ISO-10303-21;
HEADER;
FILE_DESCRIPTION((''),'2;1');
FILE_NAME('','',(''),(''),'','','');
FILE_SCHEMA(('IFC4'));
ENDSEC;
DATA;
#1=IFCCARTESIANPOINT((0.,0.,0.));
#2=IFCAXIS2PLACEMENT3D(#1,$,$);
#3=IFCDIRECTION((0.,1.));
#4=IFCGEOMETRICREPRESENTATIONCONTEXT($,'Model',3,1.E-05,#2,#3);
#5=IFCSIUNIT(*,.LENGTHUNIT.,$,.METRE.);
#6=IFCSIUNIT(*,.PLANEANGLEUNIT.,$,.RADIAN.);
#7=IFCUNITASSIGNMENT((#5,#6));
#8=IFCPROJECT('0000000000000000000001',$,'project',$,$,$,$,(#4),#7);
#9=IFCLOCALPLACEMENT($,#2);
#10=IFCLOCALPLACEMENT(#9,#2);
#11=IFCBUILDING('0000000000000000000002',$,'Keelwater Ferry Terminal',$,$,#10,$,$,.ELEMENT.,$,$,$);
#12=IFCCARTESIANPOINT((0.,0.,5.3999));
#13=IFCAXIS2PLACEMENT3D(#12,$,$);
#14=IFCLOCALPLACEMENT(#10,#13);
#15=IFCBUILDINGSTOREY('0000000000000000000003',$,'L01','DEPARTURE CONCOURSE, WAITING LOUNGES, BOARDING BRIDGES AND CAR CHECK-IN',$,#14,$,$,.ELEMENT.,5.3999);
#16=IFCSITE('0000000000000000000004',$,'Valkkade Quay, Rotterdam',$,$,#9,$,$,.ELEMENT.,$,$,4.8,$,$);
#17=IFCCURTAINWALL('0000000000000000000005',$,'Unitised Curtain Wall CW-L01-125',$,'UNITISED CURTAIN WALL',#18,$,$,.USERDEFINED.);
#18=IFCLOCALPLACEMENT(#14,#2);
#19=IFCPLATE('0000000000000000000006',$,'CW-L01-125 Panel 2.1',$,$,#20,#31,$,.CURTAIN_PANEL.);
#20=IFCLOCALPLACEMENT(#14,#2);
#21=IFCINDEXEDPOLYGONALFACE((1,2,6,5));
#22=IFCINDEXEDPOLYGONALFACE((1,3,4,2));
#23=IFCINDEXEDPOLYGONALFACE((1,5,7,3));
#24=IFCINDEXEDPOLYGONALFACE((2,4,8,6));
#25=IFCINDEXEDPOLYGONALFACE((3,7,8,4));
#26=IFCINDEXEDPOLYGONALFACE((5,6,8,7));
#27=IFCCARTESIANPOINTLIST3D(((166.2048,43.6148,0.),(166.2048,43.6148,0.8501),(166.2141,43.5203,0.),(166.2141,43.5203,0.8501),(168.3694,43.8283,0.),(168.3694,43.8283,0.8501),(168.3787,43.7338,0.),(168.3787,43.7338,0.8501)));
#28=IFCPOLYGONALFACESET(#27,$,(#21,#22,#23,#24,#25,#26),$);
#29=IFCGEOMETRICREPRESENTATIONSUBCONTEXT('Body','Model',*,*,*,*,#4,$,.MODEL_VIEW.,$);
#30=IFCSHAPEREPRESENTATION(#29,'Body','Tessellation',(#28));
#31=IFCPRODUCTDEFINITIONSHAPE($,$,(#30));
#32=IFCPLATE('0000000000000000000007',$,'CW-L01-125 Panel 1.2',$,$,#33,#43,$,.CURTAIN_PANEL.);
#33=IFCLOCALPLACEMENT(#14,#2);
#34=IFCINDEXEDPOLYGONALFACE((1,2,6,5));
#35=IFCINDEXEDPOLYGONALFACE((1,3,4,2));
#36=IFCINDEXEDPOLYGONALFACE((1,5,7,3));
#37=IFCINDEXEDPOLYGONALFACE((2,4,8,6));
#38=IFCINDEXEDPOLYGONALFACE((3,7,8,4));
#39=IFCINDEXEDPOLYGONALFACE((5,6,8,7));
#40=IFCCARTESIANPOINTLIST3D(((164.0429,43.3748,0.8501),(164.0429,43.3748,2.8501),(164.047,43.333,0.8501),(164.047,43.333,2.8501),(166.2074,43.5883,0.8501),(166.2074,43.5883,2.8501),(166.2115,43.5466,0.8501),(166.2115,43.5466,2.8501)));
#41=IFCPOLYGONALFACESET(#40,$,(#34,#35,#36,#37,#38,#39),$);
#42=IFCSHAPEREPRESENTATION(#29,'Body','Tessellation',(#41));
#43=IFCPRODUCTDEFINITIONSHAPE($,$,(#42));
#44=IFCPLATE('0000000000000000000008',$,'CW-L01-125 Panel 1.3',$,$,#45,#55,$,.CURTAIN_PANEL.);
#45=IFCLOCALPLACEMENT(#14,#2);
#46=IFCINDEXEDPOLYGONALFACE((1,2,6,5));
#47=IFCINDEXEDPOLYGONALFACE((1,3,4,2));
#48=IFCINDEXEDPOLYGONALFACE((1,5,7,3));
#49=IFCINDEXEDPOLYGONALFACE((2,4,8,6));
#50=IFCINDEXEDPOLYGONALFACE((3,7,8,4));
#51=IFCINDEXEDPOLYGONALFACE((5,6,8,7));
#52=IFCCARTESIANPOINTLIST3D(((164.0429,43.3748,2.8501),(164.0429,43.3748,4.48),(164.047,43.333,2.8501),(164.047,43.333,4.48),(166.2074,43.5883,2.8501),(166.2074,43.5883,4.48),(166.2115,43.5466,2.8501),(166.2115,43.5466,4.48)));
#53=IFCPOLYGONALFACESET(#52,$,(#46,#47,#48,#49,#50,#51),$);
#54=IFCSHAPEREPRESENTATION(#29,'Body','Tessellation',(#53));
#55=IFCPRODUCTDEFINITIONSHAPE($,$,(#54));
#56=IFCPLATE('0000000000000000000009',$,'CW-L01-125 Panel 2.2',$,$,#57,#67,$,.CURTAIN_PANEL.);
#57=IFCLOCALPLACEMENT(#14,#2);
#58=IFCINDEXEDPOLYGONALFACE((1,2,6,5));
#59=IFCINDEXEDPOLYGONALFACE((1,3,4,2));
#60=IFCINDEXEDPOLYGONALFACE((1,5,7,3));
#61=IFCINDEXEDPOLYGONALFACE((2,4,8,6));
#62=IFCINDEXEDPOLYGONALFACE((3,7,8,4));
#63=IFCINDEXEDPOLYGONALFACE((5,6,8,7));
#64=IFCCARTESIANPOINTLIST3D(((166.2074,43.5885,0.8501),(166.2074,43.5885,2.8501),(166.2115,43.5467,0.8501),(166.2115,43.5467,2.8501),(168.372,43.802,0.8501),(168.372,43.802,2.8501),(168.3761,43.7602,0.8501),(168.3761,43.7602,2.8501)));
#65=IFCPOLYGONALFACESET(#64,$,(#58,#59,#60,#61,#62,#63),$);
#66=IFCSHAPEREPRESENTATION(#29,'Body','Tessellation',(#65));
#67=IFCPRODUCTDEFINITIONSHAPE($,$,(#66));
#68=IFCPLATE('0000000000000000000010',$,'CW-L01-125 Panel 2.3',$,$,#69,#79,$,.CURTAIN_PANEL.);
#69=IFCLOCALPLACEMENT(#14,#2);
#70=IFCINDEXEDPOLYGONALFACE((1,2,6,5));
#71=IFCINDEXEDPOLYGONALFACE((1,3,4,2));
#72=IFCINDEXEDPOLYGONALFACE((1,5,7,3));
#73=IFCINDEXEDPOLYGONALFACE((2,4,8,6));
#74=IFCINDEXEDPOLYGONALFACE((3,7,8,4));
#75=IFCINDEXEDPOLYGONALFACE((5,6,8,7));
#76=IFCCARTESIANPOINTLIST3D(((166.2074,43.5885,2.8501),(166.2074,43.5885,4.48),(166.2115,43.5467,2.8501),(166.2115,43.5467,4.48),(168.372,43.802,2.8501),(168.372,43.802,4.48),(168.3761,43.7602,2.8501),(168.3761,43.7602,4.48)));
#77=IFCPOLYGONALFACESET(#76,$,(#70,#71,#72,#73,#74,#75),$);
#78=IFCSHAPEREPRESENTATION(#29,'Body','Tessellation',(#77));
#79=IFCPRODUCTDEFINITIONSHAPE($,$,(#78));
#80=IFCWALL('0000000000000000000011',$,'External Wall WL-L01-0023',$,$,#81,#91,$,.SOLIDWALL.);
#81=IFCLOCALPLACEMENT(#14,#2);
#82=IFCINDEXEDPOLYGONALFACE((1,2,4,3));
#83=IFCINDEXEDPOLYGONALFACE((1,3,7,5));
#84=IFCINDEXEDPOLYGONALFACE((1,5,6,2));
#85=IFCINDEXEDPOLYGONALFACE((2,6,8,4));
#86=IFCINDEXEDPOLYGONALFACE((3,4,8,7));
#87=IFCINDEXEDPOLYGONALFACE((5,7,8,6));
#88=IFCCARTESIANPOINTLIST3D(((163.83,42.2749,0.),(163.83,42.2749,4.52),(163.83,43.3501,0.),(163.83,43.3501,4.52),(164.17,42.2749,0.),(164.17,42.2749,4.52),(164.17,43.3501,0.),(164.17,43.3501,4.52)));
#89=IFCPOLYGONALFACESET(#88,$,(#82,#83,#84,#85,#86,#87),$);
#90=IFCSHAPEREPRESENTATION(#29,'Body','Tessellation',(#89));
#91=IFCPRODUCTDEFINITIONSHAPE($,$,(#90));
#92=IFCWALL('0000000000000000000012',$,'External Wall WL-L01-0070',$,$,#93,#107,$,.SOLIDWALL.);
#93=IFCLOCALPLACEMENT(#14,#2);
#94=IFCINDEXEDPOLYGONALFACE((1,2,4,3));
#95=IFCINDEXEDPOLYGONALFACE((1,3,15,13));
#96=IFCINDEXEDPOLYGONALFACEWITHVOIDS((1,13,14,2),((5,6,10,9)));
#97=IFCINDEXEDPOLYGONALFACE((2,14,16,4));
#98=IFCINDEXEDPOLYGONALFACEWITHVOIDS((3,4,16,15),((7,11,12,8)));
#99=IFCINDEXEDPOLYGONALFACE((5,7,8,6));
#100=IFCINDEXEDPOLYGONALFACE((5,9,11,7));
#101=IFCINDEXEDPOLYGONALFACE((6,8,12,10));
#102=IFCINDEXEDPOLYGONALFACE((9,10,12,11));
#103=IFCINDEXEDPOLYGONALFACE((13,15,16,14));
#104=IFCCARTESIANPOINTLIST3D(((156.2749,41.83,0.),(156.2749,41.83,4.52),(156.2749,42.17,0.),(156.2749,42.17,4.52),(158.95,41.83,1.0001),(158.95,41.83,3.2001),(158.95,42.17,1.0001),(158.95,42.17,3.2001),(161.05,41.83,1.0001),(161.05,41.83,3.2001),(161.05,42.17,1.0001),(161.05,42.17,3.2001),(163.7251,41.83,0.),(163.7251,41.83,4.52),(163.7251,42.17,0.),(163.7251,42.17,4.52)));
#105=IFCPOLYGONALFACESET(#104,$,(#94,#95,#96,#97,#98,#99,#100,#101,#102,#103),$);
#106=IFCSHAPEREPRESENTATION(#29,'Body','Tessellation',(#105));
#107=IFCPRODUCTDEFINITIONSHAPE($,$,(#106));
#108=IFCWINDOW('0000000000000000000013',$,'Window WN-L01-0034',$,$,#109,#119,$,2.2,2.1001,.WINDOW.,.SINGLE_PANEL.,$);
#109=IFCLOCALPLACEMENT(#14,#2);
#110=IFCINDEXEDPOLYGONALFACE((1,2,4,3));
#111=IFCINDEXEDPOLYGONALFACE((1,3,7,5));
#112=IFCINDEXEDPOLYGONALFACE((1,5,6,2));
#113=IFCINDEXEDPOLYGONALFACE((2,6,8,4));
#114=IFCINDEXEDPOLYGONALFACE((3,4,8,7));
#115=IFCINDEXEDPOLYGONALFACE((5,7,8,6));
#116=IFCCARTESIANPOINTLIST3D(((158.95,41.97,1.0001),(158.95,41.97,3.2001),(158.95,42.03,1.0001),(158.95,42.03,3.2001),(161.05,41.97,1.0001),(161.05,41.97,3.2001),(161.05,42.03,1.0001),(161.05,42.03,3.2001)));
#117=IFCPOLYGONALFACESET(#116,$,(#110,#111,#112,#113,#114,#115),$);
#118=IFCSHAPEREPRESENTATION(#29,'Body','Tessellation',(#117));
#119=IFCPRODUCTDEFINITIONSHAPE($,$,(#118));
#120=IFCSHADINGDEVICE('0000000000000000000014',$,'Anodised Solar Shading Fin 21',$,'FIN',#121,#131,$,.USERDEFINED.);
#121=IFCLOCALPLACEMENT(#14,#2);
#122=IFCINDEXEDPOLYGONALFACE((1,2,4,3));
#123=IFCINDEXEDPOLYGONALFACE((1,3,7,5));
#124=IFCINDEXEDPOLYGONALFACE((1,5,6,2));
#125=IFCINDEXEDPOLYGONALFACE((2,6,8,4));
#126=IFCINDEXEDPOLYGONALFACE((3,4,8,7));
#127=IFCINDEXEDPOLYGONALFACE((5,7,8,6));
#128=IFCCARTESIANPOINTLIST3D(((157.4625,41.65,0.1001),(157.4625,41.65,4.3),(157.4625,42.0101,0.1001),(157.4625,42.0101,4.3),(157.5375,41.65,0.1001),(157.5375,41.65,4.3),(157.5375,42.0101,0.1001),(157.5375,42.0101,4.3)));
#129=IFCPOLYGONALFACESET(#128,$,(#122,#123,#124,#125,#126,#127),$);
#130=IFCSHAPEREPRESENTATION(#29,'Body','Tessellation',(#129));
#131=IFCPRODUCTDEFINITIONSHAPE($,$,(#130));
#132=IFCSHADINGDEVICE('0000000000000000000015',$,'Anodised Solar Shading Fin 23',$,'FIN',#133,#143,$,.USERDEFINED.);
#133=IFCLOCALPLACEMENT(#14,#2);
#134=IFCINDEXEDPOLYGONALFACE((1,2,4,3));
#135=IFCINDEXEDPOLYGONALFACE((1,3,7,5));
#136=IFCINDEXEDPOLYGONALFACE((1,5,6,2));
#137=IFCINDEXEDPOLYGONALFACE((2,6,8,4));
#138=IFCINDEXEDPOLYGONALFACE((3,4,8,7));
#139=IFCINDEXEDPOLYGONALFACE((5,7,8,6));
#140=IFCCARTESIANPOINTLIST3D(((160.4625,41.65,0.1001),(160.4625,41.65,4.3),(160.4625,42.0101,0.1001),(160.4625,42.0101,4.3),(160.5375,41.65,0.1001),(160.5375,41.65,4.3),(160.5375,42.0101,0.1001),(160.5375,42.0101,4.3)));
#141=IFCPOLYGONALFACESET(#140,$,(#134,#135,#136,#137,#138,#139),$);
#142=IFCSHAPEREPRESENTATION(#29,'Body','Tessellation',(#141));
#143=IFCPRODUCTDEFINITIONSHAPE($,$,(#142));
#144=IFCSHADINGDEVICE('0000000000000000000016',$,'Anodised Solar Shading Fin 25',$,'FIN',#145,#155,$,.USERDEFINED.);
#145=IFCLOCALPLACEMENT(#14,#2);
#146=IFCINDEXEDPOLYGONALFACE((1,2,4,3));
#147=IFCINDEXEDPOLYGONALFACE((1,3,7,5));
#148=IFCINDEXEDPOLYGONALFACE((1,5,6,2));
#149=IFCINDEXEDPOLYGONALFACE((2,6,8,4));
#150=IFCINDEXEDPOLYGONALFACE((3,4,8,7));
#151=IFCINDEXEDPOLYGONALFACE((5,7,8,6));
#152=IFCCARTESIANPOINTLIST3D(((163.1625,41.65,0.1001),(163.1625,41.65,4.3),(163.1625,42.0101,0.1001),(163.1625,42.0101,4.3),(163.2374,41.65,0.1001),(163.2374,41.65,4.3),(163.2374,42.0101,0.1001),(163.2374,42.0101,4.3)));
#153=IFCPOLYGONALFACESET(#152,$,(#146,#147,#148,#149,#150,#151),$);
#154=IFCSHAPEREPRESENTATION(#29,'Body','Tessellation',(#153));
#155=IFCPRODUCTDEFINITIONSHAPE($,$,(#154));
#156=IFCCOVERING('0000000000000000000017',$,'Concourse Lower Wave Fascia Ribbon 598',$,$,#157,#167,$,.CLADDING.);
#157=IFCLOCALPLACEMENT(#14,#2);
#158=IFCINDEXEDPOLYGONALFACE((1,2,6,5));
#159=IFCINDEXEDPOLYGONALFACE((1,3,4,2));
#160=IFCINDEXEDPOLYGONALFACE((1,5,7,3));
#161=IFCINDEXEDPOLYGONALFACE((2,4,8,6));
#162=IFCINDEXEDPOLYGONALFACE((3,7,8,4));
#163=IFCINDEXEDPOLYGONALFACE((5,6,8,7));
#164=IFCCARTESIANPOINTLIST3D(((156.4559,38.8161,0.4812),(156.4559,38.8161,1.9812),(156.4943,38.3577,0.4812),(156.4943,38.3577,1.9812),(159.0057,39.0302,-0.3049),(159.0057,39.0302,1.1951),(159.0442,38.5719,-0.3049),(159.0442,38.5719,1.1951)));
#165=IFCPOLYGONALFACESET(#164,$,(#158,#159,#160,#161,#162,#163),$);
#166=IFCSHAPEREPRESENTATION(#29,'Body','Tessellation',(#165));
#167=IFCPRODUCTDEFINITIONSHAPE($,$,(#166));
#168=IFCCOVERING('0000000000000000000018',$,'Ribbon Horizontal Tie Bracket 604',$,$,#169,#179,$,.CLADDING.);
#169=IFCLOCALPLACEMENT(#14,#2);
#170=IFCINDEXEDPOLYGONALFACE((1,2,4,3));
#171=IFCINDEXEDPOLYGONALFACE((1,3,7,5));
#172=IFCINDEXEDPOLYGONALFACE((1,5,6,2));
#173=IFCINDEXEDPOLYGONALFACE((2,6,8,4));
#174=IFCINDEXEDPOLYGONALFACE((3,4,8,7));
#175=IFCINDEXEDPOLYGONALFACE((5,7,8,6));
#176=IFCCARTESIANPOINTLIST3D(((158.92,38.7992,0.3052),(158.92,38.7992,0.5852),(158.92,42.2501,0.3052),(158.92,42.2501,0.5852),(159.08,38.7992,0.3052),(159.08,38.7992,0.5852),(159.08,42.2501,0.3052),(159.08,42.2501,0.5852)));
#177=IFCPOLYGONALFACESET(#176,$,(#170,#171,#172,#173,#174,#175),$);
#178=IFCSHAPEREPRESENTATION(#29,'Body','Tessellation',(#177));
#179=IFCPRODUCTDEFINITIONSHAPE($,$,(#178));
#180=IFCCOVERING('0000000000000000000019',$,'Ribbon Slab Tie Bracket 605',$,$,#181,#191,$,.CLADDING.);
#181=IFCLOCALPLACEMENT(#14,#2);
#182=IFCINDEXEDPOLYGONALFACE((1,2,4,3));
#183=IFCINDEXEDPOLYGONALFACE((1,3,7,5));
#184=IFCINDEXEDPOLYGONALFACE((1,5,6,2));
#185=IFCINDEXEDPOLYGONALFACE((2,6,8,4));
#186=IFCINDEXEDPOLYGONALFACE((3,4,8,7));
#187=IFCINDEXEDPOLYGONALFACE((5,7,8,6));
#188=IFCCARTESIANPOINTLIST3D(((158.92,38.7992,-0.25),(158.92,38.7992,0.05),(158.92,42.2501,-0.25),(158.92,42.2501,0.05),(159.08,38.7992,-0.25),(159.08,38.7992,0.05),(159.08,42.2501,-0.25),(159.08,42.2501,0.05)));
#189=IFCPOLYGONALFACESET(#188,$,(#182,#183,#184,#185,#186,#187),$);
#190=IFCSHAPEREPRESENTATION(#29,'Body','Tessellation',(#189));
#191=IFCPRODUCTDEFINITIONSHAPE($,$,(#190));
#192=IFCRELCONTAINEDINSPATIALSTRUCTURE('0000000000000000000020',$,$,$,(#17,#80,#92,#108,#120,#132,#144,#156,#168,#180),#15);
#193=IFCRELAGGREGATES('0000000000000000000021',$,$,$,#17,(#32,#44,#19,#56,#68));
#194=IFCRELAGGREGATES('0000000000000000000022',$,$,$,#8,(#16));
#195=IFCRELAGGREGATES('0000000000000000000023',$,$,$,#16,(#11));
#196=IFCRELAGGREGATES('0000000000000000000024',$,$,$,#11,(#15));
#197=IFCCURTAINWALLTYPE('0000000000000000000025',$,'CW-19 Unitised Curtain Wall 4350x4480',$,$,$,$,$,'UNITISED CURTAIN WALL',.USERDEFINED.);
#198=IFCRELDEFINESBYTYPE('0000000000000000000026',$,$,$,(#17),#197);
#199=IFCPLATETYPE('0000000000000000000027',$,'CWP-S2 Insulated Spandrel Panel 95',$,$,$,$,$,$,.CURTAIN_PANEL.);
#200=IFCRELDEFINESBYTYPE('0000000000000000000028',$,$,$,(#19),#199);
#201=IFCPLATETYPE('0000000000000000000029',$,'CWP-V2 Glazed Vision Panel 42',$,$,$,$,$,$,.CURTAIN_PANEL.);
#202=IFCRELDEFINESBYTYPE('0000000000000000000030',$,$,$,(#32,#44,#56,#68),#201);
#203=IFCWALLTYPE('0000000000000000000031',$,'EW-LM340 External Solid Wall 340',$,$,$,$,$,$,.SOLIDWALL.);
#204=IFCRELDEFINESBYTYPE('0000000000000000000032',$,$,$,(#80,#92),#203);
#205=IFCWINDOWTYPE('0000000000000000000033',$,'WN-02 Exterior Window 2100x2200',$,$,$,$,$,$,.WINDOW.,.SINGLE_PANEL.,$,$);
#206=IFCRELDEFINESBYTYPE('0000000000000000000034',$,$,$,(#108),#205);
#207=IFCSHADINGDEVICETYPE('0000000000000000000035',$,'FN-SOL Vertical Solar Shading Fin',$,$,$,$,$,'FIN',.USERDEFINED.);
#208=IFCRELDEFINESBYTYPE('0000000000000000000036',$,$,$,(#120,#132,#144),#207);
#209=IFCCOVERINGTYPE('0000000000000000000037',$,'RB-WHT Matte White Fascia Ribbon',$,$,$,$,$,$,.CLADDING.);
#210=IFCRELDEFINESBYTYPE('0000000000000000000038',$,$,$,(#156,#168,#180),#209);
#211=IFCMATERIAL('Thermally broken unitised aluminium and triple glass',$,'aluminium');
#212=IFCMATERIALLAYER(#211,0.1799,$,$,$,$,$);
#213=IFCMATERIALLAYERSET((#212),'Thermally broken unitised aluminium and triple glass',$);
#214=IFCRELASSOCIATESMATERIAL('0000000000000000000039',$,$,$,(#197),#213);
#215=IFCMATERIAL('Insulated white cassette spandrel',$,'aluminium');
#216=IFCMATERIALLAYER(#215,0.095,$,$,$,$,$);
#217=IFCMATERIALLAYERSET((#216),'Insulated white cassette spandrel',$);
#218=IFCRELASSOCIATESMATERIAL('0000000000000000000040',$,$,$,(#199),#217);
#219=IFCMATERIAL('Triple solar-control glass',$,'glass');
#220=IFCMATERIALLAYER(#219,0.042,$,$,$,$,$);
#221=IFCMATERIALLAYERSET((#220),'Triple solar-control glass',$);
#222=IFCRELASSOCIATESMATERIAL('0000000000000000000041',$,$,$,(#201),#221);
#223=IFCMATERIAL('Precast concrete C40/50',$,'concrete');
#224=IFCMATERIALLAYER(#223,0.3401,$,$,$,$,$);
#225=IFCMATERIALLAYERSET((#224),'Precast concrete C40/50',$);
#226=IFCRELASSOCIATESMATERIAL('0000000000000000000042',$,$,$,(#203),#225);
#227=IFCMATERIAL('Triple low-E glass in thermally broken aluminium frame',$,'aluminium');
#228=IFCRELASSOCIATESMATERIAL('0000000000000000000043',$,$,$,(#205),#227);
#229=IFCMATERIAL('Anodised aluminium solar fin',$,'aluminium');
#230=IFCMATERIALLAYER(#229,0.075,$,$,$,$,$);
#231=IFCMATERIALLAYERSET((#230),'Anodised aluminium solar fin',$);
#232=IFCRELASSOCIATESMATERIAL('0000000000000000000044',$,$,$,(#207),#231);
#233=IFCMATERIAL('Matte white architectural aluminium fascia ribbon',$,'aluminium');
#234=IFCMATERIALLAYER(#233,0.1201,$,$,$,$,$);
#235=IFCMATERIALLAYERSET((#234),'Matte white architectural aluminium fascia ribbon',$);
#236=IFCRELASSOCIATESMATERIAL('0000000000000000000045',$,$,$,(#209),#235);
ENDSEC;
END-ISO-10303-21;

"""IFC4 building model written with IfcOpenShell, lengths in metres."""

from ifc_helpers import new_model, si_unit, direction, frame, frame_2d, origin, origin_2d, place, context, subcontext, project, spatial, polyline, rectangle, outline, extrude, material, layer, layer_set, type_object, element, fill, aggregate, save


model = new_model("IFC4")

# Units and contexts
model_context = context("Model", 3, precision=1e-05, world=origin(), true_north=direction((0.0, 1.0)))
body_context = subcontext(model_context, "Body", "Model", "MODEL_VIEW")
ifc_project = project(units=[si_unit("LENGTHUNIT", "METRE"), si_unit("PLANEANGLEUNIT", "RADIAN")], contexts=[model_context])

# Site, building, storey
site_placement = place(None, origin())
site = spatial("IfcSite", under=ifc_project, at=site_placement, Name="Valkkade Quay, Rotterdam", CompositionType="ELEMENT", RefElevation=4.8)
building_placement = place(site_placement, origin())
building = spatial("IfcBuilding", under=site, at=building_placement, Name="Keelwater Ferry Terminal", CompositionType="ELEMENT")
storey_placement = place(building_placement, frame((0.0, 0.0, 5.3999)))
storey = spatial("IfcBuildingStorey", under=building, at=storey_placement, Name="L01", Description="DEPARTURE CONCOURSE, WAITING LOUNGES, BOARDING BRIDGES AND CAR CHECK-IN", CompositionType="ELEMENT", Elevation=5.3999)

# Curtain wall
ifc_material_1 = material(Name="Thermally broken unitised aluminium and triple glass", Category="aluminium")
ifc_layer_1 = layer(ifc_material_1, 0.1799)
ifc_layer_set_1 = layer_set([ifc_layer_1], Name="Thermally broken unitised aluminium and triple glass")
curtain_wall_type = type_object("IfcCurtainWallType", Name="CW-19 Unitised Curtain Wall 4350x4480", ElementType="UNITISED CURTAIN WALL", PredefinedType="USERDEFINED", material=ifc_layer_set_1)
curtain_wall_placement = place(storey_placement, origin())
curtain_wall = element("IfcCurtainWall", 1, at=curtain_wall_placement, inside=storey, type_object=curtain_wall_type, Name="Unitised Curtain Wall CW-L01-125", ObjectType="UNITISED CURTAIN WALL", PredefinedType="USERDEFINED")

# Plates
ifc_material_2 = material(Name="Insulated white cassette spandrel", Category="aluminium")
ifc_layer_2 = layer(ifc_material_2, 0.095)
ifc_layer_set_2 = layer_set([ifc_layer_2], Name="Insulated white cassette spandrel")
plate_type_1 = type_object("IfcPlateType", Name="CWP-S2 Insulated Spandrel Panel 95", PredefinedType="CURTAIN_PANEL", material=ifc_layer_set_2)
plate_1_placement = place(storey_placement, frame((167.2917, 43.6743, 0.0), z_axis=(0.0, 0.0, 1.0), x_axis=(0.995171, 0.098161, 0.0)))
plate_1 = element("IfcPlate", 2, at=plate_1_placement, type_object=plate_type_1, Name="CW-L01-125 Panel 2.1", PredefinedType="CURTAIN_PANEL", context=body_context, shape_type="SweptSolid", body=[
    extrude(rectangle(XDim=2.175, YDim=0.095, at=origin_2d()), origin(), (0.0, 0.0, 1.0), 0.8501),
])
ifc_material_3 = material(Name="Triple solar-control glass", Category="glass")
ifc_layer_3 = layer(ifc_material_3, 0.042)
ifc_layer_set_3 = layer_set([ifc_layer_3], Name="Triple solar-control glass")
plate_type_2 = type_object("IfcPlateType", Name="CWP-V2 Glazed Vision Panel 42", PredefinedType="CURTAIN_PANEL", material=ifc_layer_set_3)
plate_2_placement = place(storey_placement, frame((165.1272, 43.4607, 0.8501), z_axis=(0.0, 0.0, 1.0), x_axis=(0.995171, 0.098161, 0.0)))
plate_2 = element("IfcPlate", 3, at=plate_2_placement, type_object=plate_type_2, Name="CW-L01-125 Panel 1.2", PredefinedType="CURTAIN_PANEL", context=body_context, shape_type="SweptSolid", body=[
    extrude(rectangle(XDim=2.175, YDim=0.042, at=origin_2d()), origin(), (0.0, 0.0, 1.0), 2.0),
])
plate_3_placement = place(storey_placement, frame((165.1272, 43.4607, 2.8501), z_axis=(0.0, 0.0, 1.0), x_axis=(0.995171, 0.098161, 0.0)))
plate_3 = element("IfcPlate", 4, at=plate_3_placement, type_object=plate_type_2, Name="CW-L01-125 Panel 1.3", PredefinedType="CURTAIN_PANEL", context=body_context, shape_type="SweptSolid", body=[
    extrude(rectangle(XDim=2.175, YDim=0.042, at=origin_2d()), origin(), (0.0, 0.0, 1.0), 1.6299),
])
plate_4_placement = place(storey_placement, frame((167.2917, 43.6743, 0.8501), z_axis=(0.0, 0.0, 1.0), x_axis=(0.995171, 0.098161, 0.0)))
plate_4 = element("IfcPlate", 5, at=plate_4_placement, type_object=plate_type_2, Name="CW-L01-125 Panel 2.2", PredefinedType="CURTAIN_PANEL", context=body_context, shape_type="SweptSolid", body=[
    extrude(rectangle(XDim=2.175, YDim=0.042, at=origin_2d()), origin(), (0.0, 0.0, 1.0), 2.0),
])
plate_5_placement = place(storey_placement, frame((167.2917, 43.6743, 2.8501), z_axis=(0.0, 0.0, 1.0), x_axis=(0.995171, 0.098161, 0.0)))
plate_5 = element("IfcPlate", 6, at=plate_5_placement, type_object=plate_type_2, Name="CW-L01-125 Panel 2.3", PredefinedType="CURTAIN_PANEL", context=body_context, shape_type="SweptSolid", body=[
    extrude(rectangle(XDim=2.175, YDim=0.042, at=origin_2d()), origin(), (0.0, 0.0, 1.0), 1.6299),
])
aggregate(curtain_wall, [plate_2, plate_3, plate_1, plate_4, plate_5])

# Wall
ifc_material_4 = material(Name="Precast concrete C40/50", Category="concrete")
ifc_layer_4 = layer(ifc_material_4, 0.3401)
ifc_layer_set_4 = layer_set([ifc_layer_4], Name="Precast concrete C40/50")
wall_type = type_object("IfcWallType", Name="EW-LM340 External Solid Wall 340", PredefinedType="SOLIDWALL", material=ifc_layer_set_4)
wall_1_placement = place(storey_placement, frame((164.0, 42.2749, 0.0), z_axis=(0.0, 0.0, 1.0), x_axis=(0.0, 1.0, 0.0)))
element("IfcWall", 7, at=wall_1_placement, inside=storey, type_object=wall_type, Name="External Wall WL-L01-0023", PredefinedType="SOLIDWALL", context=body_context, shape_type="SweptSolid", body=[
    extrude(rectangle(XDim=1.0752, YDim=0.3401, at=frame_2d((0.5376, 0.0))), origin(), (0.0, 0.0, 1.0), 4.52),
])

# Wall, opening, window
wall_2_placement = place(storey_placement, frame((163.7251, 42.0, 0.0), z_axis=(0.0, 0.0, 1.0), x_axis=(-1.0, 0.0, 0.0)))
wall_2 = element("IfcWall", 8, at=wall_2_placement, inside=storey, type_object=wall_type, Name="External Wall WL-L01-0070", PredefinedType="SOLIDWALL", context=body_context, shape_type="SweptSolid", body=[
    extrude(rectangle(XDim=7.4502, YDim=0.3401, at=frame_2d((3.7251, 0.0))), origin(), (0.0, 0.0, 1.0), 4.52),
])
opening_placement = place(wall_2_placement, frame((2.675, 0.0, 1.0)))
opening = element("IfcOpeningElement", 9, at=opening_placement, cuts=wall_2, PredefinedType="OPENING", context=body_context, shape_type="SweptSolid", body=[
    extrude(rectangle(XDim=2.1001, YDim=2.2, at=frame_2d((1.05, 1.1001))), frame((0.0, 0.1799, 0.0), z_axis=(0.0, -1.0, 0.0), x_axis=(1.0, 0.0, 0.0)), (0.0, 0.0, 1.0), 0.3601),
])
ifc_material_5 = material(Name="Triple low-E glass in thermally broken aluminium frame", Category="aluminium")
window_type = type_object("IfcWindowType", Name="WN-02 Exterior Window 2100x2200", PartitioningType="SINGLE_PANEL", PredefinedType="WINDOW", material=ifc_material_5)
window_placement = place(opening_placement, origin())
window = element("IfcWindow", 10, at=window_placement, inside=storey, type_object=window_type, Name="Window WN-L01-0034", OverallHeight=2.2, OverallWidth=2.1001, PartitioningType="SINGLE_PANEL", PredefinedType="WINDOW", context=body_context, shape_type="SweptSolid", body=[
    extrude(rectangle(XDim=2.1001, YDim=2.2, at=frame_2d((1.05, 1.1001))), frame((0.0, 0.03, 0.0), z_axis=(0.0, -1.0, 0.0), x_axis=(1.0, 0.0, 0.0)), (0.0, 0.0, 1.0), 0.0601),
])
fill(opening, window)

# Shading devices
ifc_material_6 = material(Name="Anodised aluminium solar fin", Category="aluminium")
ifc_layer_5 = layer(ifc_material_6, 0.075)
ifc_layer_set_5 = layer_set([ifc_layer_5], Name="Anodised aluminium solar fin")
shading_device_type = type_object("IfcShadingDeviceType", Name="FN-SOL Vertical Solar Shading Fin", ElementType="FIN", PredefinedType="USERDEFINED", material=ifc_layer_set_5)
for number, where, z_axis, x_axis, name in (
    (11, (157.5, 41.8301, 0.1001), (0.0, 0.0, 1.0), (1.0, 0.0, 0.0), "Anodised Solar Shading Fin 21"),
    (12, (160.5, 41.8301, 0.1001), (0.0, 0.0, 1.0), (1.0, 0.0, 0.0), "Anodised Solar Shading Fin 23"),
    (13, (163.2, 41.8301, 0.1001), (0.0, 0.0, 1.0), (1.0, 0.0, 0.0), "Anodised Solar Shading Fin 25"),
):
    element("IfcShadingDevice", number, at=place(storey_placement, frame(where, z_axis=z_axis, x_axis=x_axis)), inside=storey, type_object=shading_device_type, Name=name, ObjectType="FIN", PredefinedType="USERDEFINED", context=body_context, shape_type="SweptSolid", body=[
        extrude(rectangle(XDim=0.075, YDim=0.3601, at=origin_2d()), origin(), (0.0, 0.0, 1.0), 4.2),
    ])

# Coverings
ifc_material_7 = material(Name="Matte white architectural aluminium fascia ribbon", Category="aluminium")
ifc_layer_6 = layer(ifc_material_7, 0.1201)
ifc_layer_set_6 = layer_set([ifc_layer_6], Name="Matte white architectural aluminium fascia ribbon")
covering_type = type_object("IfcCoveringType", Name="RB-WHT Matte White Fascia Ribbon", PredefinedType="CLADDING", material=ifc_layer_set_6)
covering_1_placement = place(storey_placement, frame((156.4751, 38.5869, -0.3049), z_axis=(0.0, 0.0, 1.0), x_axis=(0.996493, 0.083677, 0.0)))
element("IfcCovering", 14, at=covering_1_placement, inside=storey, type_object=covering_type, Name="Concourse Lower Wave Fascia Ribbon 598", PredefinedType="CLADDING", context=body_context, shape_type="SweptSolid", body=[
    extrude(outline(polyline([(0.0, 0.7861), (2.5588, 0.0), (2.5588, 1.5), (0.0, 2.2861), (0.0, 0.7861)])), frame((0.0, 0.23, 0.0), z_axis=(0.0, -1.0, 0.0), x_axis=(1.0, 0.0, 0.0)), (0.0, 0.0, 1.0), 0.46),
])
covering_2_placement = place(storey_placement, frame((159.0, 38.7991, 0.3052), z_axis=(0.0, 0.0, 1.0), x_axis=(0.0, 1.0, 0.0)))
element("IfcCovering", 15, at=covering_2_placement, inside=storey, type_object=covering_type, Name="Ribbon Horizontal Tie Bracket 604", PredefinedType="CLADDING", context=body_context, shape_type="SweptSolid", body=[
    extrude(rectangle(XDim=3.4509, YDim=0.1599, at=frame_2d((1.7256, 0.0))), origin(), (0.0, 0.0, 1.0), 0.28),
])
covering_3_placement = place(storey_placement, frame((159.0, 38.7991, -0.25), z_axis=(0.0, 0.0, 1.0), x_axis=(0.0, 1.0, 0.0)))
element("IfcCovering", 16, at=covering_3_placement, inside=storey, type_object=covering_type, Name="Ribbon Slab Tie Bracket 605", PredefinedType="CLADDING", context=body_context, shape_type="SweptSolid", body=[
    extrude(rectangle(XDim=3.4509, YDim=0.1599, at=frame_2d((1.7256, 0.0))), origin(), (0.0, 0.0, 1.0), 0.3),
])

save(model, "model.ifc")
